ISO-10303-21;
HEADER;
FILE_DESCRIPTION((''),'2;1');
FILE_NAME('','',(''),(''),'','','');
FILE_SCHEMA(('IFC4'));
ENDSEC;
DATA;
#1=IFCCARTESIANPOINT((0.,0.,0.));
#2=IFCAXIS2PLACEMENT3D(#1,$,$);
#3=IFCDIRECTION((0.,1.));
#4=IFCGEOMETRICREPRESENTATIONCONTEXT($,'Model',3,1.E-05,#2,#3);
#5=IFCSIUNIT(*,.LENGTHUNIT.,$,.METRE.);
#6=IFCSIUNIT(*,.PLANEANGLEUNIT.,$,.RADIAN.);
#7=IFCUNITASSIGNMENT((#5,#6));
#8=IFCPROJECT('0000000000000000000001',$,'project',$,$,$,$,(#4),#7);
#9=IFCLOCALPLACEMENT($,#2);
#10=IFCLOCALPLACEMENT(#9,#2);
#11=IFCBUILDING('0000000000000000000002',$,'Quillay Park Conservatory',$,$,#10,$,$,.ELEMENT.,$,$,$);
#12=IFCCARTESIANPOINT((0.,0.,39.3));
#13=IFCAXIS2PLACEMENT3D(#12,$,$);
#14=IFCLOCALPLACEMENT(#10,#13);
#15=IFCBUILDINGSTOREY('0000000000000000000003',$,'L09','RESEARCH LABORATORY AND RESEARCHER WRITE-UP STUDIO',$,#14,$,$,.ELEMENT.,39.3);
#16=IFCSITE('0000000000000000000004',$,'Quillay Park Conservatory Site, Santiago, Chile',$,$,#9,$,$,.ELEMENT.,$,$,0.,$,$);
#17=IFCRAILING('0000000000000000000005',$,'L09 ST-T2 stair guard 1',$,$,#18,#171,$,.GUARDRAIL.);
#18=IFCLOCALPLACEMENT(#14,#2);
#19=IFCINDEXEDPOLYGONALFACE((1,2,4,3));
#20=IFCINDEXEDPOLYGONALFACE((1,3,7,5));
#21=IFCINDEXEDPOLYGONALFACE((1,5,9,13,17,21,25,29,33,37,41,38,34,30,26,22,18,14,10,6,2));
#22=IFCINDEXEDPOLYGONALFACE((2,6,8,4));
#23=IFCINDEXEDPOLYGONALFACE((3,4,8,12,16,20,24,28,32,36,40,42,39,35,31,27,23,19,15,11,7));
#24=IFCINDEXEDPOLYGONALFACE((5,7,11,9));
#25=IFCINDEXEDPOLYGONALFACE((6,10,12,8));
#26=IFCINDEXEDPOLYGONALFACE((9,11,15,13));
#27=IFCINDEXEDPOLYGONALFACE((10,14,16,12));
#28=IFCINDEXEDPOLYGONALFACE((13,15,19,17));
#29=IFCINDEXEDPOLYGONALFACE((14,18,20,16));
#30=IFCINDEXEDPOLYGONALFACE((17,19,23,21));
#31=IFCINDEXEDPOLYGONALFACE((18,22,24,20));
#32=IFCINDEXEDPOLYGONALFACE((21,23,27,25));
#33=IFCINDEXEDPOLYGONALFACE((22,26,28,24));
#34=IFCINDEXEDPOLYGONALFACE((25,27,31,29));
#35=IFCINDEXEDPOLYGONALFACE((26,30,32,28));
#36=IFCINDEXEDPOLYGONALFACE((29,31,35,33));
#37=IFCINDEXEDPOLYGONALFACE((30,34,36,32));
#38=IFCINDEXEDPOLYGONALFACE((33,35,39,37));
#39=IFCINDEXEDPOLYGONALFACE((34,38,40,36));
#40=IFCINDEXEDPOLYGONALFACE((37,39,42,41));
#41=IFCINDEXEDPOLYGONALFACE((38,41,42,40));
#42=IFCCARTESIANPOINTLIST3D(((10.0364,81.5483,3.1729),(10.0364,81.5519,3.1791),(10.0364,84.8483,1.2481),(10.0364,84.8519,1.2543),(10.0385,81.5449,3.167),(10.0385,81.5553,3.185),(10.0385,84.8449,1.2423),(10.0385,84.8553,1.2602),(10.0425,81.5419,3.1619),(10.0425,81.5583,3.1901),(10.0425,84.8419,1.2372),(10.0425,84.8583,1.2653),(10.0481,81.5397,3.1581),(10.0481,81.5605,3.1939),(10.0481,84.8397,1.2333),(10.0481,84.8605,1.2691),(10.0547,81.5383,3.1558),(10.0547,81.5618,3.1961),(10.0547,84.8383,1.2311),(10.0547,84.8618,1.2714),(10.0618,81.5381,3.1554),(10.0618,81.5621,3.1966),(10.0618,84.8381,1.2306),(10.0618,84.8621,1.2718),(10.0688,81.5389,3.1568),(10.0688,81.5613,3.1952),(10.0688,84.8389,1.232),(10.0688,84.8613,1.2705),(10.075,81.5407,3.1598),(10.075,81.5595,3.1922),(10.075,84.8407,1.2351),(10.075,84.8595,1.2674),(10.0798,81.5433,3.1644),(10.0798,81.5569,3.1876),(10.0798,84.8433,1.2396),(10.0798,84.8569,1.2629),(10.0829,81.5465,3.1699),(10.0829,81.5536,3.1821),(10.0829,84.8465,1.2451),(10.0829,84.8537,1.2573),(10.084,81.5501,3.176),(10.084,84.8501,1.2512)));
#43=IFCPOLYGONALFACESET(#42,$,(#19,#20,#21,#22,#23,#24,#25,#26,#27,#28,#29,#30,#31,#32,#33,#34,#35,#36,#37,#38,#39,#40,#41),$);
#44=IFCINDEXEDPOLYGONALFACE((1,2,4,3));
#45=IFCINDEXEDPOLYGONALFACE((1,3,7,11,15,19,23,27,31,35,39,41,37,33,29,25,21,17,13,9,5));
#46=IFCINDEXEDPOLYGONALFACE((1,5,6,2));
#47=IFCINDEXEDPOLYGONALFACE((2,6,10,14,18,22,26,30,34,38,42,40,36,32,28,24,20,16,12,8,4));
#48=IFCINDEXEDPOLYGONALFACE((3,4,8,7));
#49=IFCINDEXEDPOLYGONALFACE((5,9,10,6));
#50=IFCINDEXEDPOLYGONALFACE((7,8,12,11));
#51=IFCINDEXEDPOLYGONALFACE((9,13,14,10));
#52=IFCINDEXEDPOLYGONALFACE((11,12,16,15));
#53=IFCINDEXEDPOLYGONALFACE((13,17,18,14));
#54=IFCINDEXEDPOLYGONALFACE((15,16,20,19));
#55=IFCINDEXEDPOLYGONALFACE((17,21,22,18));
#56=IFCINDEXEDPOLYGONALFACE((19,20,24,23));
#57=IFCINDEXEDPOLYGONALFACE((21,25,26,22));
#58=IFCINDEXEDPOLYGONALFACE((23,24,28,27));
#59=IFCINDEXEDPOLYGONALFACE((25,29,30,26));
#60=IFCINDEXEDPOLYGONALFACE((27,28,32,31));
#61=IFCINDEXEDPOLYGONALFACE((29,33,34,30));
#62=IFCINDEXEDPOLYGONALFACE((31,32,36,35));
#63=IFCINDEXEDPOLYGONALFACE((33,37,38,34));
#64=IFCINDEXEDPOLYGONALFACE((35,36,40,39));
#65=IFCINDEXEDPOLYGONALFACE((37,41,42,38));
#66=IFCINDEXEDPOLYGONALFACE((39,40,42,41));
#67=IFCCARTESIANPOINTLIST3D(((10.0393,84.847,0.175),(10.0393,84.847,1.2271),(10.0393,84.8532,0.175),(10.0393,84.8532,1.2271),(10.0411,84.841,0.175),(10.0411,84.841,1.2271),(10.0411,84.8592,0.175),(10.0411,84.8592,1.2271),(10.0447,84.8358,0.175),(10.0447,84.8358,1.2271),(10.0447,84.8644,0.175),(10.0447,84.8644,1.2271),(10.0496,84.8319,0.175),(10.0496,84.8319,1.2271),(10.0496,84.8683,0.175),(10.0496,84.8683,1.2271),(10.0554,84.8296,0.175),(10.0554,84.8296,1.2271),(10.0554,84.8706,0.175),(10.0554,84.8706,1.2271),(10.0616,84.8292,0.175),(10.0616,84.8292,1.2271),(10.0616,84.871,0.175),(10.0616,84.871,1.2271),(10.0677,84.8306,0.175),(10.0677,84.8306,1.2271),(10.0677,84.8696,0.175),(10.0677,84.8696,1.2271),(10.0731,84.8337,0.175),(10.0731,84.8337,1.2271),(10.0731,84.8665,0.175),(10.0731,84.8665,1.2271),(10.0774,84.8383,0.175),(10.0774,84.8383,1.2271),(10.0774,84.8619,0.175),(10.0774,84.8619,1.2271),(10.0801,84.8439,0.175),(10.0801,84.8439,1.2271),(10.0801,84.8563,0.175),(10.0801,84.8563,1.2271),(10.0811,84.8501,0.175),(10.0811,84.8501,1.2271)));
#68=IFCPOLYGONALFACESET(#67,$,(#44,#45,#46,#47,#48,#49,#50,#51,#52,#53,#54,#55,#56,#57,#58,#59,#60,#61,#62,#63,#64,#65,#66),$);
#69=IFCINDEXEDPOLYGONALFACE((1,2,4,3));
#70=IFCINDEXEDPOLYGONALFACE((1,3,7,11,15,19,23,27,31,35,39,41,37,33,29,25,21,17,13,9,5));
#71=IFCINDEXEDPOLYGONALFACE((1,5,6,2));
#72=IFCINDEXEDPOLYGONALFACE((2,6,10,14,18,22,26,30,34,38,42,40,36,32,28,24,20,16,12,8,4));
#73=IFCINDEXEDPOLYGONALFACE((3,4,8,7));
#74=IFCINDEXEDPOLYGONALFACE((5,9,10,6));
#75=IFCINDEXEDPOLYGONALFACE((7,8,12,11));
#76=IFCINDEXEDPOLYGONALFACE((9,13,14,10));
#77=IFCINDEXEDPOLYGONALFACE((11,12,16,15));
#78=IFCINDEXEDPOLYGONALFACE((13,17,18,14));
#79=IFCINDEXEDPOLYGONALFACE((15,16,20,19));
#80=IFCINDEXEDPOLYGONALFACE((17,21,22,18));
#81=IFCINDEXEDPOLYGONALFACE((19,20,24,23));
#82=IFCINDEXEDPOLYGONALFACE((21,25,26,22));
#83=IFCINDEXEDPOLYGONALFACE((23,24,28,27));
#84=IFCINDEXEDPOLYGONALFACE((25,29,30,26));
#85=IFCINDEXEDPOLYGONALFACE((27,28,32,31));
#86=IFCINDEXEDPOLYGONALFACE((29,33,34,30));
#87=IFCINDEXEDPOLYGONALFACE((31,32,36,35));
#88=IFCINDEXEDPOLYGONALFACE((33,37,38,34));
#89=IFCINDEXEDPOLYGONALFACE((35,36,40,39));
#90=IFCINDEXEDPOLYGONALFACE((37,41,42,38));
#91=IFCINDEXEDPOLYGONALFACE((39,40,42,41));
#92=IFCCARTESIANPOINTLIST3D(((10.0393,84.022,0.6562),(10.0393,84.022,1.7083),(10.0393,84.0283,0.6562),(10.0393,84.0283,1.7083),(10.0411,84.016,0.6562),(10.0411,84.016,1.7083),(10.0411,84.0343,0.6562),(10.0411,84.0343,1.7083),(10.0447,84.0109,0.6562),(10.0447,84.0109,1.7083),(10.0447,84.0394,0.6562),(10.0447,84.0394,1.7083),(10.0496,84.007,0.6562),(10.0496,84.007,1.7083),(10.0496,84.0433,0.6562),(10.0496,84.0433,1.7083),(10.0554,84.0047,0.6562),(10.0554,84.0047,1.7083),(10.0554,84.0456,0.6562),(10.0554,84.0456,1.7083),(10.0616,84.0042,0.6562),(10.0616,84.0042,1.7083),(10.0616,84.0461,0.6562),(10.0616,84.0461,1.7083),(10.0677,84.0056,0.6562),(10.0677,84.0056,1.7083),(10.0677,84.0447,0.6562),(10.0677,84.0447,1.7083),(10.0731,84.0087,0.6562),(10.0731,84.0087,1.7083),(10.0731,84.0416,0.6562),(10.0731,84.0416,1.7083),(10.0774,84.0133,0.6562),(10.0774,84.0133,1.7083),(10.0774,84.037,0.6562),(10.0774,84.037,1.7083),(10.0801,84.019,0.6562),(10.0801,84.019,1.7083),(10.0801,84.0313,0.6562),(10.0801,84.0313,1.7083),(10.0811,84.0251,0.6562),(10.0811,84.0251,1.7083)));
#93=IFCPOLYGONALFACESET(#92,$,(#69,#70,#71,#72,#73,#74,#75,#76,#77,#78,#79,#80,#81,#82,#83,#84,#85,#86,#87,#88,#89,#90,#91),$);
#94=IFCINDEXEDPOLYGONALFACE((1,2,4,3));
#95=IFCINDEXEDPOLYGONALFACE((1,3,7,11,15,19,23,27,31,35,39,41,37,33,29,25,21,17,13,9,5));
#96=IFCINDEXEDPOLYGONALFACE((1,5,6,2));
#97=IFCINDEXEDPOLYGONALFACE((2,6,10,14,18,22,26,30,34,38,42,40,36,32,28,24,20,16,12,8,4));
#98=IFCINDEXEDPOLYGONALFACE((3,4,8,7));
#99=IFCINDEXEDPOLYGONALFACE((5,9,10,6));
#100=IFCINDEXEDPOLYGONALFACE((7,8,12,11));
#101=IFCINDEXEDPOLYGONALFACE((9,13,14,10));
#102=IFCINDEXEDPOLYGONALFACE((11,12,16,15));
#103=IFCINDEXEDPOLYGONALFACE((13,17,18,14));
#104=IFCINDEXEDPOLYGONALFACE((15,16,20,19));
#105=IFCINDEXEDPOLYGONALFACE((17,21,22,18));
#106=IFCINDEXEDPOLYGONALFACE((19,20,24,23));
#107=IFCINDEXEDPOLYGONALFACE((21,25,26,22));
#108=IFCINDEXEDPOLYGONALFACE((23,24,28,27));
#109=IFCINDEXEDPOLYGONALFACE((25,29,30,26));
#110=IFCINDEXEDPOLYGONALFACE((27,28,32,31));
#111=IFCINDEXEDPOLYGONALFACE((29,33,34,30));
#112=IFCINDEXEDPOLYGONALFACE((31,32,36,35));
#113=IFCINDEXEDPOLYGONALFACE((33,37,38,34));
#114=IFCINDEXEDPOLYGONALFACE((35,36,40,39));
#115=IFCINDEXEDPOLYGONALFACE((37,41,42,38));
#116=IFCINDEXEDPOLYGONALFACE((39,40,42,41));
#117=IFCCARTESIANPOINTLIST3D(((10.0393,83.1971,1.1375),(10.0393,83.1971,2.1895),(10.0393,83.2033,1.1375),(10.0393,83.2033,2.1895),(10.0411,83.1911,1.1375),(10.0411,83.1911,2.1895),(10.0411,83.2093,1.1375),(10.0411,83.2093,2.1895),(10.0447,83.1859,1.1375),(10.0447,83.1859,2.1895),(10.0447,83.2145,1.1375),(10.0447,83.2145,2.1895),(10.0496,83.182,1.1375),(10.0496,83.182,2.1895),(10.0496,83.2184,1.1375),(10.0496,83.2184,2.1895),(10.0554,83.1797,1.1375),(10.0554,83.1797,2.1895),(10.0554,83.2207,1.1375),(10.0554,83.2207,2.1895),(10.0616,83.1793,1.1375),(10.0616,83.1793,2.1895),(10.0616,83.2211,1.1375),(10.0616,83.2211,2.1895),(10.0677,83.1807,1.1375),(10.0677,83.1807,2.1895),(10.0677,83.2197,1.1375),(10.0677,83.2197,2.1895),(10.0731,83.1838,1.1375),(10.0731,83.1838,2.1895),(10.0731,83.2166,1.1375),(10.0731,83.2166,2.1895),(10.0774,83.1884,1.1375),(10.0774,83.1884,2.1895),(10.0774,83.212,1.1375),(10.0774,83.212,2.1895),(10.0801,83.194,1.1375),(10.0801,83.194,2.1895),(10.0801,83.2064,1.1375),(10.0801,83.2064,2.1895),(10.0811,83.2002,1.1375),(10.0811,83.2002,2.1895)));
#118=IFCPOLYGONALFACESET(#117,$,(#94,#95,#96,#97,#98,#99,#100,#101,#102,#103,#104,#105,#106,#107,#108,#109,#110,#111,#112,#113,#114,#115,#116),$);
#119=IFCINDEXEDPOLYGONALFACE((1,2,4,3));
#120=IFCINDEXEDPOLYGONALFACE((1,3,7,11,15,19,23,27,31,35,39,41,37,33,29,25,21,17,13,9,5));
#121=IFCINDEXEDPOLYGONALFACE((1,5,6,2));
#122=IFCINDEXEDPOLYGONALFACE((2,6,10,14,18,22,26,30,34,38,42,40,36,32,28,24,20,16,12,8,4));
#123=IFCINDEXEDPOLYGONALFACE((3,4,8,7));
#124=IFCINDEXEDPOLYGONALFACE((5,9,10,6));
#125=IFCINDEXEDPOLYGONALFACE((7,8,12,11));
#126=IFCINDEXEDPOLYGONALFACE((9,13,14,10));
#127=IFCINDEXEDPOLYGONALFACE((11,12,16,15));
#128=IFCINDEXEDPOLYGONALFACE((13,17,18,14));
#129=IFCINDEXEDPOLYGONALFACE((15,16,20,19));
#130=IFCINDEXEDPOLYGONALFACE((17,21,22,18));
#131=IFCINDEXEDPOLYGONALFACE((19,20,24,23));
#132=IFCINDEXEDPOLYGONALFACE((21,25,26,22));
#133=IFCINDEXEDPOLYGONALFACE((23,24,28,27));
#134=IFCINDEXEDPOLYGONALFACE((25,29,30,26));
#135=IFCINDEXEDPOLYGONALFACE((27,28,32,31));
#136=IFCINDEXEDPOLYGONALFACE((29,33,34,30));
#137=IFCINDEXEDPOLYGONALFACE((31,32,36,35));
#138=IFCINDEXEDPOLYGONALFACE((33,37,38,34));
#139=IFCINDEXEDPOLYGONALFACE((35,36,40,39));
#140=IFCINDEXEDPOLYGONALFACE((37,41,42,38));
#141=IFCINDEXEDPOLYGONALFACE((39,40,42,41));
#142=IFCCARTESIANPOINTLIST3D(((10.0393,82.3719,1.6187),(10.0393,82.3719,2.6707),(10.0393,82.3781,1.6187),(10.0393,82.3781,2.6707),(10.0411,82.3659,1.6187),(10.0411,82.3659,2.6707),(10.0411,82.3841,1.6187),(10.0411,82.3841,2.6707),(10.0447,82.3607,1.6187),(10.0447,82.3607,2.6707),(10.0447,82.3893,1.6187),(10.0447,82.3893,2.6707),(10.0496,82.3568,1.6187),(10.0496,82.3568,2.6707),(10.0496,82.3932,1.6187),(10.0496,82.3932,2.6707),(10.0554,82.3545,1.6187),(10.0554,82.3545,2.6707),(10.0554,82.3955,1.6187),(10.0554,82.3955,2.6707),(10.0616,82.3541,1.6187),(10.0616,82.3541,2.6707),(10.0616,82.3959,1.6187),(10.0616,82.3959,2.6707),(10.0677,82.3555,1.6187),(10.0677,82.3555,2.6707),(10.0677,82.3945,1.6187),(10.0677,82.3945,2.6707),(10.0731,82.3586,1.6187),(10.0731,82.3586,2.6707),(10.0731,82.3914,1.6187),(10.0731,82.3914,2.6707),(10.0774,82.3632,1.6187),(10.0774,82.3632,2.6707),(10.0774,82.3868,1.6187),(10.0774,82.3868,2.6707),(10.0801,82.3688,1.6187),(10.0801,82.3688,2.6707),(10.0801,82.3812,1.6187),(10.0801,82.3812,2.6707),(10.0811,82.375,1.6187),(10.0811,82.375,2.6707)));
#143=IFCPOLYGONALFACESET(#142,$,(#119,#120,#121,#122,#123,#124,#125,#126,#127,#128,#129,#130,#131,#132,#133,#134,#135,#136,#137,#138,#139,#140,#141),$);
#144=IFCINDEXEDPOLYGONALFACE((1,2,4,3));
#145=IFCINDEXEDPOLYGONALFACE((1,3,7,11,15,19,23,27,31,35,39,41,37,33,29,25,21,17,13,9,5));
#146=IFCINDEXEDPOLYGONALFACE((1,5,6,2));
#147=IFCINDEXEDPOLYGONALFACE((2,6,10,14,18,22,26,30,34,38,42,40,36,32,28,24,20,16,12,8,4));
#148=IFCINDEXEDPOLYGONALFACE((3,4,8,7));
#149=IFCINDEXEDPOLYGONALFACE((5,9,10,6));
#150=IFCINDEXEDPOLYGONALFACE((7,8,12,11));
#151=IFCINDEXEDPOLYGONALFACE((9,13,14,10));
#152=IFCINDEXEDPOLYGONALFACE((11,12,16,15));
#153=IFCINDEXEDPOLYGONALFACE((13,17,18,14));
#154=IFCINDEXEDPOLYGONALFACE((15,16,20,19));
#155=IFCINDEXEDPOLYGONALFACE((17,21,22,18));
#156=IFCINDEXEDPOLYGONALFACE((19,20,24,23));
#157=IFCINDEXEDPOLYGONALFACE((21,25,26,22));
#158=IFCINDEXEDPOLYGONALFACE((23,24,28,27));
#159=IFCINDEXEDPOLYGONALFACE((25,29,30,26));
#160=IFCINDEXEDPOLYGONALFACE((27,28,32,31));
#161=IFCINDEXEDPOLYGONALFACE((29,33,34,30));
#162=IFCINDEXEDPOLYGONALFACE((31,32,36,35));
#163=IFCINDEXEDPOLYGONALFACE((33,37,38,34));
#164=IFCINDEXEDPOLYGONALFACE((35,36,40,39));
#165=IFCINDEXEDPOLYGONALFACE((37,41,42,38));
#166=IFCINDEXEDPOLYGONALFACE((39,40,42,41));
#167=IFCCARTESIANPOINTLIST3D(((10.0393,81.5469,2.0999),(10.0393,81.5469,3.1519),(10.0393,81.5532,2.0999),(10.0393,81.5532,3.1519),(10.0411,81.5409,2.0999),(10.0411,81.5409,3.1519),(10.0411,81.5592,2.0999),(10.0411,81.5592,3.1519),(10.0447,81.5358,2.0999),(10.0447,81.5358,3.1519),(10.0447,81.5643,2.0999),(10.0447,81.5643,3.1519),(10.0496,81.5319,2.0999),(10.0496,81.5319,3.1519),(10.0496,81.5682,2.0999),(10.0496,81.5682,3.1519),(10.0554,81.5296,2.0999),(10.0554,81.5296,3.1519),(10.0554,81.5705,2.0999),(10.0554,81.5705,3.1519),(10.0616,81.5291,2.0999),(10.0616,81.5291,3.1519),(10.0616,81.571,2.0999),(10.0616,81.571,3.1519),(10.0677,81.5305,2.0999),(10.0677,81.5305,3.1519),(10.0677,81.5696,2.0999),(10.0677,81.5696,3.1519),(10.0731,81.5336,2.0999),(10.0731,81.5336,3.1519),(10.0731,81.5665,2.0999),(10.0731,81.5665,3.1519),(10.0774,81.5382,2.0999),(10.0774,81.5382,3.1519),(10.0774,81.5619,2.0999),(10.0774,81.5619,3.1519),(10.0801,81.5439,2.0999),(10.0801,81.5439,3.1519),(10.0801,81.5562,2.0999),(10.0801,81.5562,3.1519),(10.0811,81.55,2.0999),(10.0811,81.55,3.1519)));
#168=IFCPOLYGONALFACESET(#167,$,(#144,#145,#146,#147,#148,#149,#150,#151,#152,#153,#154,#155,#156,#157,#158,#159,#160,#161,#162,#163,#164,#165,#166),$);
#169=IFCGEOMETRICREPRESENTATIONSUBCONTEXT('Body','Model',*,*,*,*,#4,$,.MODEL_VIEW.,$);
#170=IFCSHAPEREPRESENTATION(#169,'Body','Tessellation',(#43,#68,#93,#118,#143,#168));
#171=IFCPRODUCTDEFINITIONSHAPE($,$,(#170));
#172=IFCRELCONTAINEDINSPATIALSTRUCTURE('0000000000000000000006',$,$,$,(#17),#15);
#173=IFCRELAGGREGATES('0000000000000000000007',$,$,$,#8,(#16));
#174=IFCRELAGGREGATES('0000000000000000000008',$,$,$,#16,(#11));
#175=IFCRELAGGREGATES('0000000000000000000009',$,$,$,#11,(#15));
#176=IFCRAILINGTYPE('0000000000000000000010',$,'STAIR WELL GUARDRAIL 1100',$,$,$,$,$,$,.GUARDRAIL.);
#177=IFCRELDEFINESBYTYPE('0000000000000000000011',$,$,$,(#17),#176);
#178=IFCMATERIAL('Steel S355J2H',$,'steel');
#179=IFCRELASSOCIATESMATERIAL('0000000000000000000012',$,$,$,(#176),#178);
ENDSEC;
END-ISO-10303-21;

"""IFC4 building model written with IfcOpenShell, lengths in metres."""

from ifc_helpers import new_model, si_unit, direction, frame, origin, origin_2d, place, context, subcontext, project, spatial, circle, extrude, material, type_object, element, save


model = new_model("IFC4")

# Units and contexts
model_context = context("Model", 3, precision=1e-05, world=origin(), true_north=direction((0.0, 1.0)))
body_context = subcontext(model_context, "Body", "Model", "MODEL_VIEW")
ifc_project = project(units=[si_unit("LENGTHUNIT", "METRE"), si_unit("PLANEANGLEUNIT", "RADIAN")], contexts=[model_context])

# Site, building, storey
site_placement = place(None, origin())
site = spatial("IfcSite", under=ifc_project, at=site_placement, Name="Quillay Park Conservatory Site, Santiago, Chile", CompositionType="ELEMENT", RefElevation=0.0)
building_placement = place(site_placement, origin())
building = spatial("IfcBuilding", under=site, at=building_placement, Name="Quillay Park Conservatory", CompositionType="ELEMENT")
storey_placement = place(building_placement, frame((0.0, 0.0, 39.3)))
storey = spatial("IfcBuildingStorey", under=building, at=storey_placement, Name="L09", Description="RESEARCH LABORATORY AND RESEARCHER WRITE-UP STUDIO", CompositionType="ELEMENT", Elevation=39.3)

# Railing
ifc_material_1 = material(Name="Steel S355J2H", Category="steel")
railing_type_1 = type_object("IfcRailingType", Name="STAIR WELL GUARDRAIL 1100", PredefinedType="GUARDRAIL", material=ifc_material_1)
railing_1_placement = place(storey_placement, frame((10.0601, 84.8501, 0.175)))
element("IfcRailing", 1, at=railing_1_placement, inside=storey, type_object=railing_type_1, Name="L09 ST-T2 stair guard 1", PredefinedType="GUARDRAIL", context=body_context, shape_type="SweptSolid", body=[
    extrude(circle(Radius=0.0239, at=origin_2d()), frame((0.0, 0.0, 1.0762), z_axis=(0.0, -0.863804, 0.503827), x_axis=(1.0, 0.0, 0.0)), (0.0, 0.0, 1.0), 3.8203),
    extrude(circle(Radius=0.021, at=origin_2d()), origin(), (0.0, 0.0, 1.0), 1.052),
    extrude(circle(Radius=0.021, at=origin_2d()), frame((0.0, -0.825, 0.4812)), (0.0, 0.0, 1.0), 1.052),
    extrude(circle(Radius=0.021, at=origin_2d()), frame((0.0, -1.6499, 0.9624)), (0.0, 0.0, 1.0), 1.052),
    extrude(circle(Radius=0.021, at=origin_2d()), frame((0.0, -2.4751, 1.4436)), (0.0, 0.0, 1.0), 1.052),
    extrude(circle(Radius=0.021, at=origin_2d()), frame((0.0, -3.3, 1.9248)), (0.0, 0.0, 1.0), 1.052),
])

save(model, "model.ifc")
